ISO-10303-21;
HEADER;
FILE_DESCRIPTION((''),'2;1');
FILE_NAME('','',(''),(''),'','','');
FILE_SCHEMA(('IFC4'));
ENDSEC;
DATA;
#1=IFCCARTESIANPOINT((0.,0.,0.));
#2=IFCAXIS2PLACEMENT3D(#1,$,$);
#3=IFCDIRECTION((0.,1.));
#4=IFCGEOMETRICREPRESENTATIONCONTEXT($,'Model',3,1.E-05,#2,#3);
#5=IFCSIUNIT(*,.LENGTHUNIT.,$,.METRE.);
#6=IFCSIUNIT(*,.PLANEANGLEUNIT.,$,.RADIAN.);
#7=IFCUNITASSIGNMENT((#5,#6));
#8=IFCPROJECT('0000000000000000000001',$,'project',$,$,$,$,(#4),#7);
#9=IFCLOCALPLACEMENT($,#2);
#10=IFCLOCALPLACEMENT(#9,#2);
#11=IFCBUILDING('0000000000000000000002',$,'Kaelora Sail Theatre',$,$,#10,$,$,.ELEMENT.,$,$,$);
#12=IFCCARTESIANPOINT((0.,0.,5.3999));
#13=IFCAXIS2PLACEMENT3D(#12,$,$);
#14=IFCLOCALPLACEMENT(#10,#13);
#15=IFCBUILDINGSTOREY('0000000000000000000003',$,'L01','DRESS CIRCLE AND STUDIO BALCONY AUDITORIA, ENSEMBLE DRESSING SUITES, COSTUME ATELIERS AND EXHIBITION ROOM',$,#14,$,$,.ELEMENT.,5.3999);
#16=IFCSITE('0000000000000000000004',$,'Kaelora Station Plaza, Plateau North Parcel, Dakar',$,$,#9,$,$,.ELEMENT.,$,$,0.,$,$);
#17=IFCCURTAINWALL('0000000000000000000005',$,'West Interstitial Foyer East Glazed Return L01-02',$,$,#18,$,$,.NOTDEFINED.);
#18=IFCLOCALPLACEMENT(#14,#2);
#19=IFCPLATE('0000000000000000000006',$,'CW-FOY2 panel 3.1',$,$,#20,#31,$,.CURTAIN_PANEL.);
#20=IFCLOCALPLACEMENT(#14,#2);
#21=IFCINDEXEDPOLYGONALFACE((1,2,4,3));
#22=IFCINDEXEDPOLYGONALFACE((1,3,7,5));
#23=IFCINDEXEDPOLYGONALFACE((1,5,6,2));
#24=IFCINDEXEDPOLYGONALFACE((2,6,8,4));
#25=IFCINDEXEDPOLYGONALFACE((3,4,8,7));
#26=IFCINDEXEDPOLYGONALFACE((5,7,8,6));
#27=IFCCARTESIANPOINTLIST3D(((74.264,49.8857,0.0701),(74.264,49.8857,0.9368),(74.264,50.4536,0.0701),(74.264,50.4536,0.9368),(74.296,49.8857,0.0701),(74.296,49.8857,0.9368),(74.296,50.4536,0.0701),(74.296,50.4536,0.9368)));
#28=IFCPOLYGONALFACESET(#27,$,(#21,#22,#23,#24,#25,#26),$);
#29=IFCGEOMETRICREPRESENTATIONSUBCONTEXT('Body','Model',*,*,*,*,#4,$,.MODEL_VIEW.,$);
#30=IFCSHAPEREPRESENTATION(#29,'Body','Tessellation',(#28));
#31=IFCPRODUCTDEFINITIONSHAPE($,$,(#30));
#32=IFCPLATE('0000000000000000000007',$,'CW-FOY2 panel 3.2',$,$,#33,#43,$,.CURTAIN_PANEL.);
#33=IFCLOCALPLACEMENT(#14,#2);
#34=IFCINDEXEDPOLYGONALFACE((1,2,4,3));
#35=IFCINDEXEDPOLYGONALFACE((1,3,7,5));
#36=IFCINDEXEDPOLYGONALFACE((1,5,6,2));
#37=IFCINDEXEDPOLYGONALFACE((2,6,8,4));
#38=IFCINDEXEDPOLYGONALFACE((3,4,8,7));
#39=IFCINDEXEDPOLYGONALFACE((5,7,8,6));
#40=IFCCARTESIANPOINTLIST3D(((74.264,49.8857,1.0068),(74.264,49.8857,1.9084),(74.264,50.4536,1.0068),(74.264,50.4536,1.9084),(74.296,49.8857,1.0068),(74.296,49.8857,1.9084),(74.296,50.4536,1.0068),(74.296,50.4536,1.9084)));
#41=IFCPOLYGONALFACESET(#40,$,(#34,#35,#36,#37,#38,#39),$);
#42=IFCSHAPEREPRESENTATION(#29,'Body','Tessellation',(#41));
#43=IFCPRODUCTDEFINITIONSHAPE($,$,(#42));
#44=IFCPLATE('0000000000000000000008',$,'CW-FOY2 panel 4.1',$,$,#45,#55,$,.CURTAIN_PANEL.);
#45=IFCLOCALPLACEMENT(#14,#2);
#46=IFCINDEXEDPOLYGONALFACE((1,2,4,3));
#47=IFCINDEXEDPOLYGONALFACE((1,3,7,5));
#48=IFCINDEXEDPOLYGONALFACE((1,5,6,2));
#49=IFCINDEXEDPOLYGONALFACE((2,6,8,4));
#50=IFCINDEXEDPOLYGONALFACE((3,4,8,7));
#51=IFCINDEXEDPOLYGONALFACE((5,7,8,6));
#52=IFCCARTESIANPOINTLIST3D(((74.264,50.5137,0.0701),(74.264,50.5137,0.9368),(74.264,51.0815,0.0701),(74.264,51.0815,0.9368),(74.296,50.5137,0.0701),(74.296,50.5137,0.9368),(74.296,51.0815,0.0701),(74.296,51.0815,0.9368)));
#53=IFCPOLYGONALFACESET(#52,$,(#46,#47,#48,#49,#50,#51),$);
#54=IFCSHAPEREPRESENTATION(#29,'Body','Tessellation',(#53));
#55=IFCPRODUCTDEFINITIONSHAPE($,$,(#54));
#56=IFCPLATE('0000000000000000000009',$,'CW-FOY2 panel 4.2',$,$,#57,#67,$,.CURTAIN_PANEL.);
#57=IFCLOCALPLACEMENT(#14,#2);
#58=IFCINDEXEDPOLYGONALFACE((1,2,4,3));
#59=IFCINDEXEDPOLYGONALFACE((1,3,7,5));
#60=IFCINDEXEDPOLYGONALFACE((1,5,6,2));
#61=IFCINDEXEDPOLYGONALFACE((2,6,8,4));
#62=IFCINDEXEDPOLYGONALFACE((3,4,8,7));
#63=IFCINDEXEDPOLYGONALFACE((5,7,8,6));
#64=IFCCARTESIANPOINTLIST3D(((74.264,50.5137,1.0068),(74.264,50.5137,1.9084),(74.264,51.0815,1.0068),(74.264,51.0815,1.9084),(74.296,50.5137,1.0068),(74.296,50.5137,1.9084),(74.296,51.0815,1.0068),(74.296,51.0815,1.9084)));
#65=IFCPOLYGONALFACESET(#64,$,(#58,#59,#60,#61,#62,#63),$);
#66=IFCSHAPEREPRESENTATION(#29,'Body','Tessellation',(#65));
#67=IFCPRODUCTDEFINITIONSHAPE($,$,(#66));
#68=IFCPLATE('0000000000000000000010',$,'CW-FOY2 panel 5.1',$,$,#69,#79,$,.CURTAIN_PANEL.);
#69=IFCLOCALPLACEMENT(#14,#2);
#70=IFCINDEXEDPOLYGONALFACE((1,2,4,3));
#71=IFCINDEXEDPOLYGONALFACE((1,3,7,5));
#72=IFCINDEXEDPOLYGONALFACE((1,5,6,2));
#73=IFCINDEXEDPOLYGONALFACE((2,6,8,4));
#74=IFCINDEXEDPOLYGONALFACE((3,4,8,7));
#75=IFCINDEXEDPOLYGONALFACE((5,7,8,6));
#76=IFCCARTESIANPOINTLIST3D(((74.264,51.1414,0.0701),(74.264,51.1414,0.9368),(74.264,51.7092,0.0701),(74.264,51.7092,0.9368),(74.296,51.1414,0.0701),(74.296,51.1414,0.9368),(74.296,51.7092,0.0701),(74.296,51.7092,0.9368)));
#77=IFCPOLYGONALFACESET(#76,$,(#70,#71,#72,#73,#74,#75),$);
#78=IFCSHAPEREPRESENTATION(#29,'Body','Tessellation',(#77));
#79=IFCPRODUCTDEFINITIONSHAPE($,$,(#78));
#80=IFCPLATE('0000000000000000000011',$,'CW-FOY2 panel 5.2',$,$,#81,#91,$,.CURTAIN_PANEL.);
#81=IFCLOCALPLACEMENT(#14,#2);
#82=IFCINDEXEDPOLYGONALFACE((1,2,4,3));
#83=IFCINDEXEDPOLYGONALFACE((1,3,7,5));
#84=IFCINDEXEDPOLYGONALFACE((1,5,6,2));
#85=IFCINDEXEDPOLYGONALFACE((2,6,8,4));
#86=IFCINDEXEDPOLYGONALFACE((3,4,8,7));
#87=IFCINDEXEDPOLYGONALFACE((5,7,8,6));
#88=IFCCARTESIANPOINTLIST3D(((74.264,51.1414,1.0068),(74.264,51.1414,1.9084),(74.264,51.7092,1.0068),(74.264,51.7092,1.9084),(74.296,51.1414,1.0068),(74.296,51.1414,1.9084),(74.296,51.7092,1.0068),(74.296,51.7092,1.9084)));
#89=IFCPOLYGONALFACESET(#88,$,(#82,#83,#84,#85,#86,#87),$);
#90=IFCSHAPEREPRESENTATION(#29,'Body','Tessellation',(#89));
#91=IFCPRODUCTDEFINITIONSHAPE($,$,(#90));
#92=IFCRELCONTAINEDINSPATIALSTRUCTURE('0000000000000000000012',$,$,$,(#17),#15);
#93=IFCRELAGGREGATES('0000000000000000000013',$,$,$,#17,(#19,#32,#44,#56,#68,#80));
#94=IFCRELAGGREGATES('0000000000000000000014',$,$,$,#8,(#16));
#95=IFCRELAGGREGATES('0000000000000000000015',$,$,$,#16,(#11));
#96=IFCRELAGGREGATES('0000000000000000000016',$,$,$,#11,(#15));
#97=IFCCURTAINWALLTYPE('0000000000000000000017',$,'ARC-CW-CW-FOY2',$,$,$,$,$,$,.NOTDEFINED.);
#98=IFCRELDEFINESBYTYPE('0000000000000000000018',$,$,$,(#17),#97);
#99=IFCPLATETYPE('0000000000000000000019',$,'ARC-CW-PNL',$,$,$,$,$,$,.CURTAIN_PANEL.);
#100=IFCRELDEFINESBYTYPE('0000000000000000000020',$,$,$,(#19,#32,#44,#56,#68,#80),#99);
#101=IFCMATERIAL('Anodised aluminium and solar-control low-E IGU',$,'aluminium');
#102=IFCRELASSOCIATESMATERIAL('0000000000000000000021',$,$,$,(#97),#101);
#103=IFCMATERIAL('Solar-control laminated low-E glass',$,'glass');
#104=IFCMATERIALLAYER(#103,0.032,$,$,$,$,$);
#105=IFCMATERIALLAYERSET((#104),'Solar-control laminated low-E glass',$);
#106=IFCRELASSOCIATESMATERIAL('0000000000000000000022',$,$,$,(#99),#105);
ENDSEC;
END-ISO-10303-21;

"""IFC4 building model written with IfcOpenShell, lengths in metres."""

from ifc_helpers import new_model, si_unit, direction, frame, origin, origin_2d, place, context, subcontext, project, spatial, rectangle, extrude, material, layer, layer_set, type_object, element, aggregate, save


model = new_model("IFC4")

# Units and contexts
model_context = context("Model", 3, precision=1e-05, world=origin(), true_north=direction((0.0, 1.0)))
body_context = subcontext(model_context, "Body", "Model", "MODEL_VIEW")
ifc_project = project(units=[si_unit("LENGTHUNIT", "METRE"), si_unit("PLANEANGLEUNIT", "RADIAN")], contexts=[model_context])

# Site, building, storey
site_placement = place(None, origin())
site = spatial("IfcSite", under=ifc_project, at=site_placement, Name="Kaelora Station Plaza, Plateau North Parcel, Dakar", CompositionType="ELEMENT", RefElevation=0.0)
building_placement = place(site_placement, origin())
building = spatial("IfcBuilding", under=site, at=building_placement, Name="Kaelora Sail Theatre", CompositionType="ELEMENT")
storey_placement = place(building_placement, frame((0.0, 0.0, 5.3999)))
storey = spatial("IfcBuildingStorey", under=building, at=storey_placement, Name="L01", Description="DRESS CIRCLE AND STUDIO BALCONY AUDITORIA, ENSEMBLE DRESSING SUITES, COSTUME ATELIERS AND EXHIBITION ROOM", CompositionType="ELEMENT", Elevation=5.3999)

# Shared definitions
ifc_material_1 = material(Name="Anodised aluminium and solar-control low-E IGU", Category="aluminium")
curtain_wall_type = type_object("IfcCurtainWallType", Name="ARC-CW-CW-FOY2", PredefinedType="NOTDEFINED", material=ifc_material_1)

# Curtain wall, plates
curtain_wall_1_placement = place(storey_placement, origin())
curtain_wall_1 = element("IfcCurtainWall", 1, at=curtain_wall_1_placement, inside=storey, type_object=curtain_wall_type, Name="West Interstitial Foyer East Glazed Return L01-02", PredefinedType="NOTDEFINED")
ifc_material_2 = material(Name="Solar-control laminated low-E glass", Category="glass")
ifc_layer = layer(ifc_material_2, 0.032)
ifc_layer_set = layer_set([ifc_layer], Name="Solar-control laminated low-E glass")
plate_type = type_object("IfcPlateType", Name="ARC-CW-PNL", PredefinedType="CURTAIN_PANEL", material=ifc_layer_set)
plate_1_placement = place(storey_placement, frame((74.28, 50.1697, 0.0701), z_axis=(0.0, 0.0, 1.0), x_axis=(0.0, 1.0, 0.0)))
plate_1 = element("IfcPlate", 2, at=plate_1_placement, type_object=plate_type, Name="CW-FOY2 panel 3.1", PredefinedType="CURTAIN_PANEL", context=body_context, shape_type="SweptSolid", body=[
    extrude(rectangle(XDim=0.5679, YDim=0.032, at=origin_2d()), origin(), (0.0, 0.0, 1.0), 0.8667),
])
plate_2_placement = place(storey_placement, frame((74.28, 50.1697, 1.0068), z_axis=(0.0, 0.0, 1.0), x_axis=(0.0, 1.0, 0.0)))
plate_2 = element("IfcPlate", 3, at=plate_2_placement, type_object=plate_type, Name="CW-FOY2 panel 3.2", PredefinedType="CURTAIN_PANEL", context=body_context, shape_type="SweptSolid", body=[
    extrude(rectangle(XDim=0.5679, YDim=0.032, at=origin_2d()), origin(), (0.0, 0.0, 1.0), 0.9016),
])
plate_3_placement = place(storey_placement, frame((74.28, 50.7976, 0.0701), z_axis=(0.0, 0.0, 1.0), x_axis=(0.0, 1.0, 0.0)))
plate_3 = element("IfcPlate", 4, at=plate_3_placement, type_object=plate_type, Name="CW-FOY2 panel 4.1", PredefinedType="CURTAIN_PANEL", context=body_context, shape_type="SweptSolid", body=[
    extrude(rectangle(XDim=0.5679, YDim=0.032, at=origin_2d()), origin(), (0.0, 0.0, 1.0), 0.8667),
])
plate_4_placement = place(storey_placement, frame((74.28, 50.7976, 1.0068), z_axis=(0.0, 0.0, 1.0), x_axis=(0.0, 1.0, 0.0)))
plate_4 = element("IfcPlate", 5, at=plate_4_placement, type_object=plate_type, Name="CW-FOY2 panel 4.2", PredefinedType="CURTAIN_PANEL", context=body_context, shape_type="SweptSolid", body=[
    extrude(rectangle(XDim=0.5679, YDim=0.032, at=origin_2d()), origin(), (0.0, 0.0, 1.0), 0.9016),
])
plate_5_placement = place(storey_placement, frame((74.28, 51.4253, 0.0701), z_axis=(0.0, 0.0, 1.0), x_axis=(0.0, 1.0, 0.0)))
plate_5 = element("IfcPlate", 6, at=plate_5_placement, type_object=plate_type, Name="CW-FOY2 panel 5.1", PredefinedType="CURTAIN_PANEL", context=body_context, shape_type="SweptSolid", body=[
    extrude(rectangle(XDim=0.5679, YDim=0.032, at=origin_2d()), origin(), (0.0, 0.0, 1.0), 0.8667),
])
plate_6_placement = place(storey_placement, frame((74.28, 51.4253, 1.0068), z_axis=(0.0, 0.0, 1.0), x_axis=(0.0, 1.0, 0.0)))
plate_6 = element("IfcPlate", 7, at=plate_6_placement, type_object=plate_type, Name="CW-FOY2 panel 5.2", PredefinedType="CURTAIN_PANEL", context=body_context, shape_type="SweptSolid", body=[
    extrude(rectangle(XDim=0.5679, YDim=0.032, at=origin_2d()), origin(), (0.0, 0.0, 1.0), 0.9016),
])
aggregate(curtain_wall_1, [plate_1, plate_2, plate_3, plate_4, plate_5, plate_6])

save(model, "model.ifc")
